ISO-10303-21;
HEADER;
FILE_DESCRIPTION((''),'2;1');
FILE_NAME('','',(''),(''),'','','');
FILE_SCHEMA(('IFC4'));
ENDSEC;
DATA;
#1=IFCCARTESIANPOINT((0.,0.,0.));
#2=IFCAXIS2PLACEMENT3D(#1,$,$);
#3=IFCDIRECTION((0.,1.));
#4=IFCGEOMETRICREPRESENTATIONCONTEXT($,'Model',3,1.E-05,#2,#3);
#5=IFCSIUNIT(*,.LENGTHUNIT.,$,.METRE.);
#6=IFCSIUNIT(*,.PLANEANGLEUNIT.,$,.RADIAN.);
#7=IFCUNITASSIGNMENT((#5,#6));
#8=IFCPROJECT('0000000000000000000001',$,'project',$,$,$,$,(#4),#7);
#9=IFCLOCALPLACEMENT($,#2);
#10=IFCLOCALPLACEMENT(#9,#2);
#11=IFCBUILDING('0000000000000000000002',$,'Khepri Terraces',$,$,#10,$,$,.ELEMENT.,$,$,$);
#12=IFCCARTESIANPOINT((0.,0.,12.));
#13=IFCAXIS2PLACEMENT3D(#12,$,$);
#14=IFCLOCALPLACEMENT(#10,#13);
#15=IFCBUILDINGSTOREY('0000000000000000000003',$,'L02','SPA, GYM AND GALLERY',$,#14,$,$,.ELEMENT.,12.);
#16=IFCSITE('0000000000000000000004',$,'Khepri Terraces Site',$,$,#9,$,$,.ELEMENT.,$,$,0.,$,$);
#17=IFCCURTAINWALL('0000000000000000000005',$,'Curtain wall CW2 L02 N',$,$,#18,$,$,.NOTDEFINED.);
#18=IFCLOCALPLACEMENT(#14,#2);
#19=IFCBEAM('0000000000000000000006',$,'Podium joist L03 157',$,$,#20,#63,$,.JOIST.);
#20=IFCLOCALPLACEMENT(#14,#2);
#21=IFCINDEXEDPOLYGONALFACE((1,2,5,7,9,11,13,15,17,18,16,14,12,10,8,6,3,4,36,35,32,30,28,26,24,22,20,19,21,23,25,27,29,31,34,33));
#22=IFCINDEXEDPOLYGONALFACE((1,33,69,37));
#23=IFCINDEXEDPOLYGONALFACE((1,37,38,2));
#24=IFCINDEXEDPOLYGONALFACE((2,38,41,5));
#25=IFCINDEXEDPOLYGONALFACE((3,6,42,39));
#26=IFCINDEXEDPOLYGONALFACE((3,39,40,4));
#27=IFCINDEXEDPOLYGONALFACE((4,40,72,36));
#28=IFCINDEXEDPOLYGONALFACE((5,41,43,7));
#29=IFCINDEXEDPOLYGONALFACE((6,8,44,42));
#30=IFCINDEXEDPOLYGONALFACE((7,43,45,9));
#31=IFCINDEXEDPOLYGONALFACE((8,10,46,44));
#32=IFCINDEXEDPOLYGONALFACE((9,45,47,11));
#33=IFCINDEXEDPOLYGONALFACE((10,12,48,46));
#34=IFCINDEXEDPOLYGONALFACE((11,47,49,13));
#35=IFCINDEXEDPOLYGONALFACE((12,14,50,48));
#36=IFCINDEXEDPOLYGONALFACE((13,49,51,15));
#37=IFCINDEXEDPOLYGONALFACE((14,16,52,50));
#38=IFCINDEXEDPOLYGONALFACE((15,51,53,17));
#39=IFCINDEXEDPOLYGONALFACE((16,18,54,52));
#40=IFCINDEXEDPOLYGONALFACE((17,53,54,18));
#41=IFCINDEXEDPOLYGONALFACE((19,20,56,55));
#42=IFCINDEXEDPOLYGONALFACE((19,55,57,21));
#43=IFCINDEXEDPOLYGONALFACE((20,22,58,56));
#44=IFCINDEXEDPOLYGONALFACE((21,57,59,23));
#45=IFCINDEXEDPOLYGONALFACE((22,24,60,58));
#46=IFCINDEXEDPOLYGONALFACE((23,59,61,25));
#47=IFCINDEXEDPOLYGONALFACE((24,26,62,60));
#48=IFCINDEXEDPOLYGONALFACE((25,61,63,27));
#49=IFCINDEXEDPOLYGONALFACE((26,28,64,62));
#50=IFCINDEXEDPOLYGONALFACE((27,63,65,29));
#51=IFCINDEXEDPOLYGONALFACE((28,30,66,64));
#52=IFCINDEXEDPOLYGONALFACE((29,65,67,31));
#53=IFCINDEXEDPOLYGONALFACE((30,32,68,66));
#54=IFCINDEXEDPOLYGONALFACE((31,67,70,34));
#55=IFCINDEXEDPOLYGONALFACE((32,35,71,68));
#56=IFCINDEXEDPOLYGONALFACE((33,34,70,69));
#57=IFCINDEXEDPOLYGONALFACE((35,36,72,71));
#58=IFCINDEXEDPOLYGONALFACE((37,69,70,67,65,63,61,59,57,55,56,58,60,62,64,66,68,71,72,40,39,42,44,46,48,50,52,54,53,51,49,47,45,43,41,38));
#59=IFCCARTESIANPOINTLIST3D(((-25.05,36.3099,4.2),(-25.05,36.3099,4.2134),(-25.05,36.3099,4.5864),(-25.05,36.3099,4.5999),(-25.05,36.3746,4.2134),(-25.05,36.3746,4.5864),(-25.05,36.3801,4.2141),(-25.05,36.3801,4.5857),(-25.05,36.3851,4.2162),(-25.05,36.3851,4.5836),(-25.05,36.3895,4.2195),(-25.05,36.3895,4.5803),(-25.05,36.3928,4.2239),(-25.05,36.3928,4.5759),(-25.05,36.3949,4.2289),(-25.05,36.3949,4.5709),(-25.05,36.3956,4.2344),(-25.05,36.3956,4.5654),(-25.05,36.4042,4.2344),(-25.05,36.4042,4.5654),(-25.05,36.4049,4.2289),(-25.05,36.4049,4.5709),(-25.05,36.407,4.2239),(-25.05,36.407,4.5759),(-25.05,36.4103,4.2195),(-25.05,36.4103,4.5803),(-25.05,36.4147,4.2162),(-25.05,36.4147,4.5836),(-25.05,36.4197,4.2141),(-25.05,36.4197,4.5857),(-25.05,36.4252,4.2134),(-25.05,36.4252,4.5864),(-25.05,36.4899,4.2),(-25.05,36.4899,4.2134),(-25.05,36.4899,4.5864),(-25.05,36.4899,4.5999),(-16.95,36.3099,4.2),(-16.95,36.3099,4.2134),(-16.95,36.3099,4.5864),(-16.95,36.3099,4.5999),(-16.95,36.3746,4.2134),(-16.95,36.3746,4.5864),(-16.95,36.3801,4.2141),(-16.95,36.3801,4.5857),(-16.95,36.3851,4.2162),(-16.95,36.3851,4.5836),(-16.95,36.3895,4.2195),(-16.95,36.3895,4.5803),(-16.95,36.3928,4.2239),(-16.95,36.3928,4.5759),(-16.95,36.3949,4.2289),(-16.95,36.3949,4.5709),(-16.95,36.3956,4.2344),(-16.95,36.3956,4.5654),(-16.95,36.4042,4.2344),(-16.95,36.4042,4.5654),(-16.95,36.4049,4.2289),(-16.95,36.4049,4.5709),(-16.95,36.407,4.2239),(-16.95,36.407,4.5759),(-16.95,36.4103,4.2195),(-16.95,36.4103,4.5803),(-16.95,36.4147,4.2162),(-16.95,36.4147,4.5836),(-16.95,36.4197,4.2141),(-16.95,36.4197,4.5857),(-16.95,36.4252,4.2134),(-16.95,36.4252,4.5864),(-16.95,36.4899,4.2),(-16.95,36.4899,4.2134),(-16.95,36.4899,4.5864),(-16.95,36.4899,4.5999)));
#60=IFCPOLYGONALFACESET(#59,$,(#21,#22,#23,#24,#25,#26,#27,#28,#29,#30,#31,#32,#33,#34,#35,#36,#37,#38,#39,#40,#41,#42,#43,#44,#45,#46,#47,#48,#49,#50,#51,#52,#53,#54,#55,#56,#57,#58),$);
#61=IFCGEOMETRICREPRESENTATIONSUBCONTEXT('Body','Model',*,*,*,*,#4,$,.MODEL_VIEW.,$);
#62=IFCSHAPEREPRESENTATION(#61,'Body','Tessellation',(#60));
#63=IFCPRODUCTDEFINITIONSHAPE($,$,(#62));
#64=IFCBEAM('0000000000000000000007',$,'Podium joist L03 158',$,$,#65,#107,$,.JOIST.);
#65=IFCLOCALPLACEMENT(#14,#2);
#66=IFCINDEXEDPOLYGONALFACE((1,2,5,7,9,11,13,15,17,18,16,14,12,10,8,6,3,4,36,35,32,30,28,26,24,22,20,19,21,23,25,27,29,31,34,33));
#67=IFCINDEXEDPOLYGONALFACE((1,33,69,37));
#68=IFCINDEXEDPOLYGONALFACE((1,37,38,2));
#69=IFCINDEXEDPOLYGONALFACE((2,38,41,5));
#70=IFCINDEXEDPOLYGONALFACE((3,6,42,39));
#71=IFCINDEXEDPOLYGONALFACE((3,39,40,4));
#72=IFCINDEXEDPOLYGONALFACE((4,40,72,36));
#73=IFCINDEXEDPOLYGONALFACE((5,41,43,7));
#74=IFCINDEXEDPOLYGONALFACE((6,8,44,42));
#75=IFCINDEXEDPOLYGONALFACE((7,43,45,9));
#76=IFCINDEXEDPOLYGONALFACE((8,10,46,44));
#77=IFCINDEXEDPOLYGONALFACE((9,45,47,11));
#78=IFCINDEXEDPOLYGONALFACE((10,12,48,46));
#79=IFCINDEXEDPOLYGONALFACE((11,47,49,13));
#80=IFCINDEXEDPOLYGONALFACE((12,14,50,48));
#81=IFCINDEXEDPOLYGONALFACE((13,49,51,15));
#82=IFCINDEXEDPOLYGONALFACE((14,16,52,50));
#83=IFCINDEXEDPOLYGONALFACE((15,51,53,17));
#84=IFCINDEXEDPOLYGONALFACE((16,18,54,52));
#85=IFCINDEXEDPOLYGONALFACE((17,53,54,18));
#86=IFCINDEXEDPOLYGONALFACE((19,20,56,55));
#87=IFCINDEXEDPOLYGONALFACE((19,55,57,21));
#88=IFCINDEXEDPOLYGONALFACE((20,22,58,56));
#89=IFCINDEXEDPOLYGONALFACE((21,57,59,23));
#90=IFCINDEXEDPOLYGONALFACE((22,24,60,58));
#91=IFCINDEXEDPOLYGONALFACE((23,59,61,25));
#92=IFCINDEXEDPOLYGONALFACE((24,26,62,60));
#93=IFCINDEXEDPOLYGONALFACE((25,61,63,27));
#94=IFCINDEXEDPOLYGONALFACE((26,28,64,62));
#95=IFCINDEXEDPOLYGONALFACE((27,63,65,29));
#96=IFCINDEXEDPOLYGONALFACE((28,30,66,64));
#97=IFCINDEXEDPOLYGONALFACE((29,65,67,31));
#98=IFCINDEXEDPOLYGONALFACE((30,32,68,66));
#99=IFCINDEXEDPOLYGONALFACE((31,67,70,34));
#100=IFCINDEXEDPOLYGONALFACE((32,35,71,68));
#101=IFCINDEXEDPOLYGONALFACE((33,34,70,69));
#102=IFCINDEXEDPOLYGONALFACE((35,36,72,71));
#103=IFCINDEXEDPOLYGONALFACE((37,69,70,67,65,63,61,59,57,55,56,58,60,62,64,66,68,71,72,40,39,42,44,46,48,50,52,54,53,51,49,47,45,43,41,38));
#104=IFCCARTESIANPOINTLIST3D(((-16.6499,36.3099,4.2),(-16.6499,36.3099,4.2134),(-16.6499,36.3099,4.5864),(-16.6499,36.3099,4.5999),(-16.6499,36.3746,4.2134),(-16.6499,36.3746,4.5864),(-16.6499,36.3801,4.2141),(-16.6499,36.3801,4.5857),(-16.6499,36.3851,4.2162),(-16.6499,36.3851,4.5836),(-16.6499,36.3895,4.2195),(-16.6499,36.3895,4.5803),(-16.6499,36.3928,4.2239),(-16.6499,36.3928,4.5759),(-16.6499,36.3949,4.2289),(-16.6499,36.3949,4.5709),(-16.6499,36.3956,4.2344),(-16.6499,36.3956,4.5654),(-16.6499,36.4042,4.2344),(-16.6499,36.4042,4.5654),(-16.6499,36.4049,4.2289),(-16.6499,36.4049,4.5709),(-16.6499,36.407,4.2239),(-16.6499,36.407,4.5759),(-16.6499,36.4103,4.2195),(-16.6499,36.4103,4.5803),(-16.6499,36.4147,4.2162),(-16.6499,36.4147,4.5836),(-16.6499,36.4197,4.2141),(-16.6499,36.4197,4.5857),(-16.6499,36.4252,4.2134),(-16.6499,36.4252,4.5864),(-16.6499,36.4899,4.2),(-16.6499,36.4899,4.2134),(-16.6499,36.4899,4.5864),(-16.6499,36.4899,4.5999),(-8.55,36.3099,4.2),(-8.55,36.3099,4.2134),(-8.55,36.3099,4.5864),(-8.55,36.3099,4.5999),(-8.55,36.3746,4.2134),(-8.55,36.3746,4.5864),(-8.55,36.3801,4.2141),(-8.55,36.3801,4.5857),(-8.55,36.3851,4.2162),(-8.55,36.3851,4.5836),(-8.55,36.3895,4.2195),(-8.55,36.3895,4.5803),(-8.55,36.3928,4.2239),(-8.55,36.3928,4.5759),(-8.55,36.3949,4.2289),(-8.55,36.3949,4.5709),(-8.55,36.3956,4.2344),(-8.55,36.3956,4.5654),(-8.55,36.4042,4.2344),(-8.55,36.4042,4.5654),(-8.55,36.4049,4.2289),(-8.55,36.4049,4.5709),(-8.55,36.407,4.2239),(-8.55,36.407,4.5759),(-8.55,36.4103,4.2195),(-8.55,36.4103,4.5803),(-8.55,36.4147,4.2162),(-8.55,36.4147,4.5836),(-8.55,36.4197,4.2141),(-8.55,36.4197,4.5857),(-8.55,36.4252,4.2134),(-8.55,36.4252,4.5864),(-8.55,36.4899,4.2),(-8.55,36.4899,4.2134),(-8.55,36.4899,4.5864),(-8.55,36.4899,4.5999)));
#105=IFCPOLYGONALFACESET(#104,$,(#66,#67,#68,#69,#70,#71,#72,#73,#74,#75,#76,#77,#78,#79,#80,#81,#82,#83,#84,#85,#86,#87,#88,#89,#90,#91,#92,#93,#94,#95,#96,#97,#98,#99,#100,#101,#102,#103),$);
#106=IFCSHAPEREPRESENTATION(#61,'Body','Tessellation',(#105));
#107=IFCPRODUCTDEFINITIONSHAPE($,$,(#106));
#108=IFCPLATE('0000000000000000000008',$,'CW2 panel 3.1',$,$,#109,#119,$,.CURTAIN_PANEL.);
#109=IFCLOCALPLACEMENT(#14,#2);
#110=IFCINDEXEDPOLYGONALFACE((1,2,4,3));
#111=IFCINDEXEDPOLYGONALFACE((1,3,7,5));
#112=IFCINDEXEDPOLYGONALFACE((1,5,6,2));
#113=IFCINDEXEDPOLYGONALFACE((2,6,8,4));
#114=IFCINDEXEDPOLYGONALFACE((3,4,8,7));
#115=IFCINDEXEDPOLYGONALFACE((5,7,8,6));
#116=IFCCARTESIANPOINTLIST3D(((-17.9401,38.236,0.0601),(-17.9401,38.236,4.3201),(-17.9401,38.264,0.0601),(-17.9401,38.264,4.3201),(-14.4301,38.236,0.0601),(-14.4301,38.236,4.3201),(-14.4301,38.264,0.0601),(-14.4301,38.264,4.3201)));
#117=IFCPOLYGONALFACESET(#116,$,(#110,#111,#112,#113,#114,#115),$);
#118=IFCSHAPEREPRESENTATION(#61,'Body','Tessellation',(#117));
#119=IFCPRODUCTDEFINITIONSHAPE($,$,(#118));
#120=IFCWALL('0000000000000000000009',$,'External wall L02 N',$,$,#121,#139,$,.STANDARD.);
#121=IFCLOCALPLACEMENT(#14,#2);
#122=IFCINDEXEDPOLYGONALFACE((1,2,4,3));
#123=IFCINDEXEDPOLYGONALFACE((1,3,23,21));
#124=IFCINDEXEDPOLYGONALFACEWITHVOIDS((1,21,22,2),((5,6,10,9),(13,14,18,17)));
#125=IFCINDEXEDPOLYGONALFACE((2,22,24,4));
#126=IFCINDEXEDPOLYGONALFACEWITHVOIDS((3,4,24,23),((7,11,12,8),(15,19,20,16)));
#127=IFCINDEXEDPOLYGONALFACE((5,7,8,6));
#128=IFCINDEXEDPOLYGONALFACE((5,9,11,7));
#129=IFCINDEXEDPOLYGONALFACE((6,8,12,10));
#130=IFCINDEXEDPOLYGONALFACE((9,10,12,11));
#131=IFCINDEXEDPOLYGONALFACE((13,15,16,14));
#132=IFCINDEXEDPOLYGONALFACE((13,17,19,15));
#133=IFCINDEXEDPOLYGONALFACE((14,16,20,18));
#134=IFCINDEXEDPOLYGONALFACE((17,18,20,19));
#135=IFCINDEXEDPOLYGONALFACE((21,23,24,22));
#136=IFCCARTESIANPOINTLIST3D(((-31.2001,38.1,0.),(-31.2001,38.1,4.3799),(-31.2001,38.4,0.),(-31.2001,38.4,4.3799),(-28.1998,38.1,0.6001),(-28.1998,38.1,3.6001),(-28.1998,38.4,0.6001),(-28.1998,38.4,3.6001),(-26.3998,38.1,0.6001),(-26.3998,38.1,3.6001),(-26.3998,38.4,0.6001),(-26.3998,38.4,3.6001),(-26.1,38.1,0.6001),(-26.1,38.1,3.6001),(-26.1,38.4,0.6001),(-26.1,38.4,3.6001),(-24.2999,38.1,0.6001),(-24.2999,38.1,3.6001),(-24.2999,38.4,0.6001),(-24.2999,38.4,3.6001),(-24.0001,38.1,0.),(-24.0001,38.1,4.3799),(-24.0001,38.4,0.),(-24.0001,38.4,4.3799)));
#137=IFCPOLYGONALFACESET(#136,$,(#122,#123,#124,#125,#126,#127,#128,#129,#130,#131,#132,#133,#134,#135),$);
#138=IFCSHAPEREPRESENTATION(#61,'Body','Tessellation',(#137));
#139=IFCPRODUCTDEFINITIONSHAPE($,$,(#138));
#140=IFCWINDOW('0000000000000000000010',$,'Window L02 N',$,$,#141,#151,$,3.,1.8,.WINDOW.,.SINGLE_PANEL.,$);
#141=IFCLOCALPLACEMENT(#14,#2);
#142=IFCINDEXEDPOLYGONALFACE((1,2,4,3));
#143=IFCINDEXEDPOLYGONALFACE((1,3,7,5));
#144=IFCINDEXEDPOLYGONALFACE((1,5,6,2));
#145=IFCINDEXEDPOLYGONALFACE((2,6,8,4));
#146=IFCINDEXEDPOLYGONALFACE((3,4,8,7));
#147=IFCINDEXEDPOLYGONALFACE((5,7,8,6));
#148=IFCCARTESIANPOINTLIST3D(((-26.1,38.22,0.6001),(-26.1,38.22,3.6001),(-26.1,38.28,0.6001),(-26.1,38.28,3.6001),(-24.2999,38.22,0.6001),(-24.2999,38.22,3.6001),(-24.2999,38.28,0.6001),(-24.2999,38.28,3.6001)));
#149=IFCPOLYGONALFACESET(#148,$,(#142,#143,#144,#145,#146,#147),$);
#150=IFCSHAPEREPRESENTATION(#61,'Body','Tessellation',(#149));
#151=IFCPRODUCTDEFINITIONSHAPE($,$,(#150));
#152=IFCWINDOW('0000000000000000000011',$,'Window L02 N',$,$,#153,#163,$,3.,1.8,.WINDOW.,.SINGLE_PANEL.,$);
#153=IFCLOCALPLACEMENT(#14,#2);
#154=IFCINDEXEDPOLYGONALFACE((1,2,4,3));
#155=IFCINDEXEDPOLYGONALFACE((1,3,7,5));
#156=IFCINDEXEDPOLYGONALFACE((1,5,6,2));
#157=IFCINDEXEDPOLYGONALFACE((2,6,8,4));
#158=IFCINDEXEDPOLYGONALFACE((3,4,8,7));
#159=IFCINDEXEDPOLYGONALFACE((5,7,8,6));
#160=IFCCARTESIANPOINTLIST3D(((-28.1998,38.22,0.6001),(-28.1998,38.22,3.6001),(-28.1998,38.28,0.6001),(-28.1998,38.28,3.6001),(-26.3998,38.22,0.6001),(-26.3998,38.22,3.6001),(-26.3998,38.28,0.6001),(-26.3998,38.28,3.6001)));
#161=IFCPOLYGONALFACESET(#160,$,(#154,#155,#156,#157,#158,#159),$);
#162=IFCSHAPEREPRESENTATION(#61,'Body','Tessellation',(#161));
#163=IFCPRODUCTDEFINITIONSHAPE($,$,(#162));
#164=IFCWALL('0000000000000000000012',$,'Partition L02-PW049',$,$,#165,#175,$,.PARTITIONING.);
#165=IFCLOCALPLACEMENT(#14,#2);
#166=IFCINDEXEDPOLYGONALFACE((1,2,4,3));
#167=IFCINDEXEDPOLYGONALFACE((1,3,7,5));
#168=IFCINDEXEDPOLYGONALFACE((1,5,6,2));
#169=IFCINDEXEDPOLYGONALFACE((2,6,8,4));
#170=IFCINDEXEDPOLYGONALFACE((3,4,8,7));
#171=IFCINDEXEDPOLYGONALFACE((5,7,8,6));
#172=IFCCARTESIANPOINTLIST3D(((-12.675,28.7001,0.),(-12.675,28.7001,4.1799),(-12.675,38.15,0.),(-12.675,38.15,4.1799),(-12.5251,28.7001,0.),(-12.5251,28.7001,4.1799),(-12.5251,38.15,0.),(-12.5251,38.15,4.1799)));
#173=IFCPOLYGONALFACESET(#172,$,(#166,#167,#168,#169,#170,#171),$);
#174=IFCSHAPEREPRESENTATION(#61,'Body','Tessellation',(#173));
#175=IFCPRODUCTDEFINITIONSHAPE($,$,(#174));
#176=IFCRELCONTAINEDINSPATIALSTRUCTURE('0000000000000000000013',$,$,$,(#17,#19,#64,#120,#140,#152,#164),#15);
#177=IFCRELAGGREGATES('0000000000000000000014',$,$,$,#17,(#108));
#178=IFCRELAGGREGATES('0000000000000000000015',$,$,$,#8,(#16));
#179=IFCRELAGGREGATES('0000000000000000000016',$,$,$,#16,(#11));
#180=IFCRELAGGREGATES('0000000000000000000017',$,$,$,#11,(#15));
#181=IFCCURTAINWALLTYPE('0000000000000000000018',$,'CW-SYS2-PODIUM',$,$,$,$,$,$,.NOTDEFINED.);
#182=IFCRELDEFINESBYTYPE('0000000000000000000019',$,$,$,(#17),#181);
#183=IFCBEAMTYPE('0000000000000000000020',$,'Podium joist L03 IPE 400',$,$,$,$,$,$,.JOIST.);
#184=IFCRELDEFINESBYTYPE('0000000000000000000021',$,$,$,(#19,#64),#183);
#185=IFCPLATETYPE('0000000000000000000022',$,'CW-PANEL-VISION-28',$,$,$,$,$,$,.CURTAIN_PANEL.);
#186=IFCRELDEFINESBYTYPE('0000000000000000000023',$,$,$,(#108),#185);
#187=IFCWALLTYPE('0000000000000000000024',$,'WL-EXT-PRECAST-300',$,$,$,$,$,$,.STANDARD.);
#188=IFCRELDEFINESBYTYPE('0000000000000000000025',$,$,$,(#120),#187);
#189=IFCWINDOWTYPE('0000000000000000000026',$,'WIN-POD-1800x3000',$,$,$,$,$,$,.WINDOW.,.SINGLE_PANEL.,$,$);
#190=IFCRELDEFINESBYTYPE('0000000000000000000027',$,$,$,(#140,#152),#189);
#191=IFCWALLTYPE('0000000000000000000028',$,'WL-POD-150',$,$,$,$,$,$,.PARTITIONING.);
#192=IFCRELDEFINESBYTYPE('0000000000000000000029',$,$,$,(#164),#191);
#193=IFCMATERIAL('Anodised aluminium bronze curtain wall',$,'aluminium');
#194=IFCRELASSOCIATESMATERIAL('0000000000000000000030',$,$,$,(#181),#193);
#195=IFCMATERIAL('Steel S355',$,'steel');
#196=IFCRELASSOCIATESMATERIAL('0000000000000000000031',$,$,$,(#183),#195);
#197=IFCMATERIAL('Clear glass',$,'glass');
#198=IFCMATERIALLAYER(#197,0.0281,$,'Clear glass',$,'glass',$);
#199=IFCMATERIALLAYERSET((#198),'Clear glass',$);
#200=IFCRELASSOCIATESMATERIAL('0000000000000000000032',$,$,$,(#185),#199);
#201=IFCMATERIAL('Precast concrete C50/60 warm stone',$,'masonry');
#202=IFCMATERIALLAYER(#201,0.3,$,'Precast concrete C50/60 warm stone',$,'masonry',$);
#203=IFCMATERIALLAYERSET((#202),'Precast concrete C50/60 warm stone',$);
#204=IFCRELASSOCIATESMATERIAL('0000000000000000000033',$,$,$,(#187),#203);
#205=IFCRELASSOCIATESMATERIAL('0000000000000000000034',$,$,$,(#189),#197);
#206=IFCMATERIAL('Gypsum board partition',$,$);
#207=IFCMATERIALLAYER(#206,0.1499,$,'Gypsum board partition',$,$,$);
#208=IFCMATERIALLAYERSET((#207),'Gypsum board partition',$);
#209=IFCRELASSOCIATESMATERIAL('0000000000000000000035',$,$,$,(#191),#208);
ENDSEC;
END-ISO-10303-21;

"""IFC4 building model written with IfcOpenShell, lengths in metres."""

from ifc_helpers import new_model, si_unit, direction, frame, frame_2d, origin, origin_2d, place, context, subcontext, project, spatial, rectangle, i_section, extrude, material, layer, layer_set, material_profile, profile_set, type_object, element, fill, aggregate, save


model = new_model("IFC4")

# Units and contexts
model_context = context("Model", 3, precision=1e-05, world=origin(), true_north=direction((0.0, 1.0)))
body_context = subcontext(model_context, "Body", "Model", "MODEL_VIEW")
ifc_project = project(units=[si_unit("LENGTHUNIT", "METRE"), si_unit("PLANEANGLEUNIT", "RADIAN")], contexts=[model_context])

# Site, building, storey
site_placement = place(None, origin())
site = spatial("IfcSite", under=ifc_project, at=site_placement, Name="Khepri Terraces Site", CompositionType="ELEMENT", RefElevation=0.0)
building_placement = place(site_placement, origin())
building = spatial("IfcBuilding", under=site, at=building_placement, Name="Khepri Terraces", CompositionType="ELEMENT")
storey_placement = place(building_placement, frame((0.0, 0.0, 12.0)))
storey = spatial("IfcBuildingStorey", under=building, at=storey_placement, Name="L02", Description="SPA, GYM AND GALLERY", CompositionType="ELEMENT", Elevation=12.0)

# Curtain wall
ifc_material_1 = material(Name="Anodised aluminium bronze curtain wall", Category="aluminium")
curtain_wall_type = type_object("IfcCurtainWallType", Name="CW-SYS2-PODIUM", PredefinedType="NOTDEFINED", material=ifc_material_1)
curtain_wall_placement = place(storey_placement, origin())
curtain_wall = element("IfcCurtainWall", 1, at=curtain_wall_placement, inside=storey, type_object=curtain_wall_type, Name="Curtain wall CW2 L02 N", PredefinedType="NOTDEFINED")

# Beams
ifc_material_2 = material(Name="Steel S355", Category="steel")
ifc_material_profile_1 = material_profile(ifc_material_2, i_section(OverallWidth=0.1799, OverallDepth=0.3999, WebThickness=0.0085, FlangeThickness=0.0134, FilletRadius=0.021, at=origin_2d()), Name="Steel S355", Category="steel")
ifc_profile_set_1 = profile_set([ifc_material_profile_1], Name="Steel S355")
beam_type_1 = type_object("IfcBeamType", Name="Podium joist L03 IPE 400", PredefinedType="JOIST", material=ifc_profile_set_1)
beam_1_placement = place(storey_placement, frame((-25.05, 36.3999, 4.3999), z_axis=(1.0, 0.0, 0.0), x_axis=(0.0, 1.0, 0.0)))
element("IfcBeam", 2, at=beam_1_placement, inside=storey, type_object=beam_type_1, Name="Podium joist L03 157", PredefinedType="JOIST", context=body_context, shape_type="SweptSolid", body=[
    extrude(i_section(OverallWidth=0.1799, OverallDepth=0.3999, WebThickness=0.0085, FlangeThickness=0.0134, FilletRadius=0.021, at=origin_2d()), origin(), (0.0, 0.0, 1.0), 8.1001),
])
beam_2_placement = place(storey_placement, frame((-16.6499, 36.3999, 4.3999), z_axis=(1.0, 0.0, 0.0), x_axis=(0.0, 1.0, 0.0)))
element("IfcBeam", 3, at=beam_2_placement, inside=storey, type_object=beam_type_1, Name="Podium joist L03 158", PredefinedType="JOIST", context=body_context, shape_type="SweptSolid", body=[
    extrude(i_section(OverallWidth=0.1799, OverallDepth=0.3999, WebThickness=0.0085, FlangeThickness=0.0134, FilletRadius=0.021, at=origin_2d()), origin(), (0.0, 0.0, 1.0), 8.0999),
])

# Plate
ifc_material_3 = material(Name="Clear glass", Category="glass")
ifc_layer_1 = layer(ifc_material_3, 0.0281, Name="Clear glass", Category="glass")
ifc_layer_set_1 = layer_set([ifc_layer_1], Name="Clear glass")
plate_type = type_object("IfcPlateType", Name="CW-PANEL-VISION-28", PredefinedType="CURTAIN_PANEL", material=ifc_layer_set_1)
plate_placement = place(storey_placement, frame((-16.1851, 38.25, 0.0601), z_axis=(0.0, 0.0, 1.0), x_axis=(-1.0, 0.0, 0.0)))
plate = element("IfcPlate", 4, at=plate_placement, type_object=plate_type, Name="CW2 panel 3.1", PredefinedType="CURTAIN_PANEL", context=body_context, shape_type="SweptSolid", body=[
    extrude(rectangle(XDim=3.51, YDim=0.0281, at=origin_2d()), origin(), (0.0, 0.0, 1.0), 4.26),
])
aggregate(curtain_wall, [plate])

# Shared definitions
ifc_material_4 = material(Name="Precast concrete C50/60 warm stone", Category="masonry")
ifc_layer_2 = layer(ifc_material_4, 0.3, Name="Precast concrete C50/60 warm stone", Category="masonry")
ifc_layer_set_2 = layer_set([ifc_layer_2], Name="Precast concrete C50/60 warm stone")
wall_type_1 = type_object("IfcWallType", Name="WL-EXT-PRECAST-300", PredefinedType="STANDARD", material=ifc_layer_set_2)

# Wall, openings, windows
wall_1_placement = place(storey_placement, frame((-24.0, 38.25, 0.0), z_axis=(0.0, 0.0, 1.0), x_axis=(-1.0, 0.0, 0.0)))
wall_1 = element("IfcWall", 5, at=wall_1_placement, inside=storey, type_object=wall_type_1, Name="External wall L02 N", PredefinedType="STANDARD", context=body_context, shape_type="SweptSolid", body=[
    extrude(rectangle(XDim=7.2, YDim=0.3, at=frame_2d((3.6001, 0.0))), origin(), (0.0, 0.0, 1.0), 4.3799),
])
opening_1_placement = place(wall_1_placement, frame((0.3, 0.0, 0.6001)))
opening_1 = element("IfcOpeningElement", 6, at=opening_1_placement, cuts=wall_1, PredefinedType="OPENING", context=body_context, shape_type="SweptSolid", body=[
    extrude(rectangle(XDim=1.8, YDim=3.0, at=frame_2d((0.8999, 1.5))), frame((0.0, 0.1602, 0.0), z_axis=(0.0, -1.0, 0.0), x_axis=(1.0, 0.0, 0.0)), (0.0, 0.0, 1.0), 0.3201),
])
opening_2_placement = place(wall_1_placement, frame((2.3999, 0.0, 0.6001)))
opening_2 = element("IfcOpeningElement", 7, at=opening_2_placement, cuts=wall_1, PredefinedType="OPENING", context=body_context, shape_type="SweptSolid", body=[
    extrude(rectangle(XDim=1.8, YDim=3.0, at=frame_2d((0.8999, 1.5))), frame((0.0, 0.1602, 0.0), z_axis=(0.0, -1.0, 0.0), x_axis=(1.0, 0.0, 0.0)), (0.0, 0.0, 1.0), 0.3201),
])
window_type = type_object("IfcWindowType", Name="WIN-POD-1800x3000", PartitioningType="SINGLE_PANEL", PredefinedType="WINDOW", material=ifc_material_3)
window_1_placement = place(opening_1_placement, origin())
window_1 = element("IfcWindow", 8, at=window_1_placement, inside=storey, type_object=window_type, Name="Window L02 N", OverallHeight=3.0, OverallWidth=1.8, PartitioningType="SINGLE_PANEL", PredefinedType="WINDOW", context=body_context, shape_type="SweptSolid", body=[
    extrude(rectangle(XDim=1.8, YDim=3.0, at=frame_2d((0.8999, 1.5))), frame((0.0, 0.03, 0.0), z_axis=(0.0, -1.0, 0.0), x_axis=(1.0, 0.0, 0.0)), (0.0, 0.0, 1.0), 0.0601),
])
fill(opening_1, window_1)
window_2_placement = place(opening_2_placement, origin())
window_2 = element("IfcWindow", 9, at=window_2_placement, inside=storey, type_object=window_type, Name="Window L02 N", OverallHeight=3.0, OverallWidth=1.8, PartitioningType="SINGLE_PANEL", PredefinedType="WINDOW", context=body_context, shape_type="SweptSolid", body=[
    extrude(rectangle(XDim=1.8, YDim=3.0, at=frame_2d((0.8999, 1.5))), frame((0.0, 0.03, 0.0), z_axis=(0.0, -1.0, 0.0), x_axis=(1.0, 0.0, 0.0)), (0.0, 0.0, 1.0), 0.0601),
])
fill(opening_2, window_2)

# Wall
ifc_material_5 = material(Name="Gypsum board partition")
ifc_layer_3 = layer(ifc_material_5, 0.1499, Name="Gypsum board partition")
ifc_layer_set_3 = layer_set([ifc_layer_3], Name="Gypsum board partition")
wall_type_2 = type_object("IfcWallType", Name="WL-POD-150", PredefinedType="PARTITIONING", material=ifc_layer_set_3)
wall_2_placement = place(storey_placement, frame((-12.6001, 28.7, 0.0), z_axis=(0.0, 0.0, 1.0), x_axis=(0.0, 1.0, 0.0)))
element("IfcWall", 10, at=wall_2_placement, inside=storey, type_object=wall_type_2, Name="Partition L02-PW049", PredefinedType="PARTITIONING", context=body_context, shape_type="SweptSolid", body=[
    extrude(rectangle(XDim=9.45, YDim=0.1499, at=frame_2d((4.7251, 0.0))), origin(), (0.0, 0.0, 1.0), 4.1799),
])

save(model, "model.ifc")
